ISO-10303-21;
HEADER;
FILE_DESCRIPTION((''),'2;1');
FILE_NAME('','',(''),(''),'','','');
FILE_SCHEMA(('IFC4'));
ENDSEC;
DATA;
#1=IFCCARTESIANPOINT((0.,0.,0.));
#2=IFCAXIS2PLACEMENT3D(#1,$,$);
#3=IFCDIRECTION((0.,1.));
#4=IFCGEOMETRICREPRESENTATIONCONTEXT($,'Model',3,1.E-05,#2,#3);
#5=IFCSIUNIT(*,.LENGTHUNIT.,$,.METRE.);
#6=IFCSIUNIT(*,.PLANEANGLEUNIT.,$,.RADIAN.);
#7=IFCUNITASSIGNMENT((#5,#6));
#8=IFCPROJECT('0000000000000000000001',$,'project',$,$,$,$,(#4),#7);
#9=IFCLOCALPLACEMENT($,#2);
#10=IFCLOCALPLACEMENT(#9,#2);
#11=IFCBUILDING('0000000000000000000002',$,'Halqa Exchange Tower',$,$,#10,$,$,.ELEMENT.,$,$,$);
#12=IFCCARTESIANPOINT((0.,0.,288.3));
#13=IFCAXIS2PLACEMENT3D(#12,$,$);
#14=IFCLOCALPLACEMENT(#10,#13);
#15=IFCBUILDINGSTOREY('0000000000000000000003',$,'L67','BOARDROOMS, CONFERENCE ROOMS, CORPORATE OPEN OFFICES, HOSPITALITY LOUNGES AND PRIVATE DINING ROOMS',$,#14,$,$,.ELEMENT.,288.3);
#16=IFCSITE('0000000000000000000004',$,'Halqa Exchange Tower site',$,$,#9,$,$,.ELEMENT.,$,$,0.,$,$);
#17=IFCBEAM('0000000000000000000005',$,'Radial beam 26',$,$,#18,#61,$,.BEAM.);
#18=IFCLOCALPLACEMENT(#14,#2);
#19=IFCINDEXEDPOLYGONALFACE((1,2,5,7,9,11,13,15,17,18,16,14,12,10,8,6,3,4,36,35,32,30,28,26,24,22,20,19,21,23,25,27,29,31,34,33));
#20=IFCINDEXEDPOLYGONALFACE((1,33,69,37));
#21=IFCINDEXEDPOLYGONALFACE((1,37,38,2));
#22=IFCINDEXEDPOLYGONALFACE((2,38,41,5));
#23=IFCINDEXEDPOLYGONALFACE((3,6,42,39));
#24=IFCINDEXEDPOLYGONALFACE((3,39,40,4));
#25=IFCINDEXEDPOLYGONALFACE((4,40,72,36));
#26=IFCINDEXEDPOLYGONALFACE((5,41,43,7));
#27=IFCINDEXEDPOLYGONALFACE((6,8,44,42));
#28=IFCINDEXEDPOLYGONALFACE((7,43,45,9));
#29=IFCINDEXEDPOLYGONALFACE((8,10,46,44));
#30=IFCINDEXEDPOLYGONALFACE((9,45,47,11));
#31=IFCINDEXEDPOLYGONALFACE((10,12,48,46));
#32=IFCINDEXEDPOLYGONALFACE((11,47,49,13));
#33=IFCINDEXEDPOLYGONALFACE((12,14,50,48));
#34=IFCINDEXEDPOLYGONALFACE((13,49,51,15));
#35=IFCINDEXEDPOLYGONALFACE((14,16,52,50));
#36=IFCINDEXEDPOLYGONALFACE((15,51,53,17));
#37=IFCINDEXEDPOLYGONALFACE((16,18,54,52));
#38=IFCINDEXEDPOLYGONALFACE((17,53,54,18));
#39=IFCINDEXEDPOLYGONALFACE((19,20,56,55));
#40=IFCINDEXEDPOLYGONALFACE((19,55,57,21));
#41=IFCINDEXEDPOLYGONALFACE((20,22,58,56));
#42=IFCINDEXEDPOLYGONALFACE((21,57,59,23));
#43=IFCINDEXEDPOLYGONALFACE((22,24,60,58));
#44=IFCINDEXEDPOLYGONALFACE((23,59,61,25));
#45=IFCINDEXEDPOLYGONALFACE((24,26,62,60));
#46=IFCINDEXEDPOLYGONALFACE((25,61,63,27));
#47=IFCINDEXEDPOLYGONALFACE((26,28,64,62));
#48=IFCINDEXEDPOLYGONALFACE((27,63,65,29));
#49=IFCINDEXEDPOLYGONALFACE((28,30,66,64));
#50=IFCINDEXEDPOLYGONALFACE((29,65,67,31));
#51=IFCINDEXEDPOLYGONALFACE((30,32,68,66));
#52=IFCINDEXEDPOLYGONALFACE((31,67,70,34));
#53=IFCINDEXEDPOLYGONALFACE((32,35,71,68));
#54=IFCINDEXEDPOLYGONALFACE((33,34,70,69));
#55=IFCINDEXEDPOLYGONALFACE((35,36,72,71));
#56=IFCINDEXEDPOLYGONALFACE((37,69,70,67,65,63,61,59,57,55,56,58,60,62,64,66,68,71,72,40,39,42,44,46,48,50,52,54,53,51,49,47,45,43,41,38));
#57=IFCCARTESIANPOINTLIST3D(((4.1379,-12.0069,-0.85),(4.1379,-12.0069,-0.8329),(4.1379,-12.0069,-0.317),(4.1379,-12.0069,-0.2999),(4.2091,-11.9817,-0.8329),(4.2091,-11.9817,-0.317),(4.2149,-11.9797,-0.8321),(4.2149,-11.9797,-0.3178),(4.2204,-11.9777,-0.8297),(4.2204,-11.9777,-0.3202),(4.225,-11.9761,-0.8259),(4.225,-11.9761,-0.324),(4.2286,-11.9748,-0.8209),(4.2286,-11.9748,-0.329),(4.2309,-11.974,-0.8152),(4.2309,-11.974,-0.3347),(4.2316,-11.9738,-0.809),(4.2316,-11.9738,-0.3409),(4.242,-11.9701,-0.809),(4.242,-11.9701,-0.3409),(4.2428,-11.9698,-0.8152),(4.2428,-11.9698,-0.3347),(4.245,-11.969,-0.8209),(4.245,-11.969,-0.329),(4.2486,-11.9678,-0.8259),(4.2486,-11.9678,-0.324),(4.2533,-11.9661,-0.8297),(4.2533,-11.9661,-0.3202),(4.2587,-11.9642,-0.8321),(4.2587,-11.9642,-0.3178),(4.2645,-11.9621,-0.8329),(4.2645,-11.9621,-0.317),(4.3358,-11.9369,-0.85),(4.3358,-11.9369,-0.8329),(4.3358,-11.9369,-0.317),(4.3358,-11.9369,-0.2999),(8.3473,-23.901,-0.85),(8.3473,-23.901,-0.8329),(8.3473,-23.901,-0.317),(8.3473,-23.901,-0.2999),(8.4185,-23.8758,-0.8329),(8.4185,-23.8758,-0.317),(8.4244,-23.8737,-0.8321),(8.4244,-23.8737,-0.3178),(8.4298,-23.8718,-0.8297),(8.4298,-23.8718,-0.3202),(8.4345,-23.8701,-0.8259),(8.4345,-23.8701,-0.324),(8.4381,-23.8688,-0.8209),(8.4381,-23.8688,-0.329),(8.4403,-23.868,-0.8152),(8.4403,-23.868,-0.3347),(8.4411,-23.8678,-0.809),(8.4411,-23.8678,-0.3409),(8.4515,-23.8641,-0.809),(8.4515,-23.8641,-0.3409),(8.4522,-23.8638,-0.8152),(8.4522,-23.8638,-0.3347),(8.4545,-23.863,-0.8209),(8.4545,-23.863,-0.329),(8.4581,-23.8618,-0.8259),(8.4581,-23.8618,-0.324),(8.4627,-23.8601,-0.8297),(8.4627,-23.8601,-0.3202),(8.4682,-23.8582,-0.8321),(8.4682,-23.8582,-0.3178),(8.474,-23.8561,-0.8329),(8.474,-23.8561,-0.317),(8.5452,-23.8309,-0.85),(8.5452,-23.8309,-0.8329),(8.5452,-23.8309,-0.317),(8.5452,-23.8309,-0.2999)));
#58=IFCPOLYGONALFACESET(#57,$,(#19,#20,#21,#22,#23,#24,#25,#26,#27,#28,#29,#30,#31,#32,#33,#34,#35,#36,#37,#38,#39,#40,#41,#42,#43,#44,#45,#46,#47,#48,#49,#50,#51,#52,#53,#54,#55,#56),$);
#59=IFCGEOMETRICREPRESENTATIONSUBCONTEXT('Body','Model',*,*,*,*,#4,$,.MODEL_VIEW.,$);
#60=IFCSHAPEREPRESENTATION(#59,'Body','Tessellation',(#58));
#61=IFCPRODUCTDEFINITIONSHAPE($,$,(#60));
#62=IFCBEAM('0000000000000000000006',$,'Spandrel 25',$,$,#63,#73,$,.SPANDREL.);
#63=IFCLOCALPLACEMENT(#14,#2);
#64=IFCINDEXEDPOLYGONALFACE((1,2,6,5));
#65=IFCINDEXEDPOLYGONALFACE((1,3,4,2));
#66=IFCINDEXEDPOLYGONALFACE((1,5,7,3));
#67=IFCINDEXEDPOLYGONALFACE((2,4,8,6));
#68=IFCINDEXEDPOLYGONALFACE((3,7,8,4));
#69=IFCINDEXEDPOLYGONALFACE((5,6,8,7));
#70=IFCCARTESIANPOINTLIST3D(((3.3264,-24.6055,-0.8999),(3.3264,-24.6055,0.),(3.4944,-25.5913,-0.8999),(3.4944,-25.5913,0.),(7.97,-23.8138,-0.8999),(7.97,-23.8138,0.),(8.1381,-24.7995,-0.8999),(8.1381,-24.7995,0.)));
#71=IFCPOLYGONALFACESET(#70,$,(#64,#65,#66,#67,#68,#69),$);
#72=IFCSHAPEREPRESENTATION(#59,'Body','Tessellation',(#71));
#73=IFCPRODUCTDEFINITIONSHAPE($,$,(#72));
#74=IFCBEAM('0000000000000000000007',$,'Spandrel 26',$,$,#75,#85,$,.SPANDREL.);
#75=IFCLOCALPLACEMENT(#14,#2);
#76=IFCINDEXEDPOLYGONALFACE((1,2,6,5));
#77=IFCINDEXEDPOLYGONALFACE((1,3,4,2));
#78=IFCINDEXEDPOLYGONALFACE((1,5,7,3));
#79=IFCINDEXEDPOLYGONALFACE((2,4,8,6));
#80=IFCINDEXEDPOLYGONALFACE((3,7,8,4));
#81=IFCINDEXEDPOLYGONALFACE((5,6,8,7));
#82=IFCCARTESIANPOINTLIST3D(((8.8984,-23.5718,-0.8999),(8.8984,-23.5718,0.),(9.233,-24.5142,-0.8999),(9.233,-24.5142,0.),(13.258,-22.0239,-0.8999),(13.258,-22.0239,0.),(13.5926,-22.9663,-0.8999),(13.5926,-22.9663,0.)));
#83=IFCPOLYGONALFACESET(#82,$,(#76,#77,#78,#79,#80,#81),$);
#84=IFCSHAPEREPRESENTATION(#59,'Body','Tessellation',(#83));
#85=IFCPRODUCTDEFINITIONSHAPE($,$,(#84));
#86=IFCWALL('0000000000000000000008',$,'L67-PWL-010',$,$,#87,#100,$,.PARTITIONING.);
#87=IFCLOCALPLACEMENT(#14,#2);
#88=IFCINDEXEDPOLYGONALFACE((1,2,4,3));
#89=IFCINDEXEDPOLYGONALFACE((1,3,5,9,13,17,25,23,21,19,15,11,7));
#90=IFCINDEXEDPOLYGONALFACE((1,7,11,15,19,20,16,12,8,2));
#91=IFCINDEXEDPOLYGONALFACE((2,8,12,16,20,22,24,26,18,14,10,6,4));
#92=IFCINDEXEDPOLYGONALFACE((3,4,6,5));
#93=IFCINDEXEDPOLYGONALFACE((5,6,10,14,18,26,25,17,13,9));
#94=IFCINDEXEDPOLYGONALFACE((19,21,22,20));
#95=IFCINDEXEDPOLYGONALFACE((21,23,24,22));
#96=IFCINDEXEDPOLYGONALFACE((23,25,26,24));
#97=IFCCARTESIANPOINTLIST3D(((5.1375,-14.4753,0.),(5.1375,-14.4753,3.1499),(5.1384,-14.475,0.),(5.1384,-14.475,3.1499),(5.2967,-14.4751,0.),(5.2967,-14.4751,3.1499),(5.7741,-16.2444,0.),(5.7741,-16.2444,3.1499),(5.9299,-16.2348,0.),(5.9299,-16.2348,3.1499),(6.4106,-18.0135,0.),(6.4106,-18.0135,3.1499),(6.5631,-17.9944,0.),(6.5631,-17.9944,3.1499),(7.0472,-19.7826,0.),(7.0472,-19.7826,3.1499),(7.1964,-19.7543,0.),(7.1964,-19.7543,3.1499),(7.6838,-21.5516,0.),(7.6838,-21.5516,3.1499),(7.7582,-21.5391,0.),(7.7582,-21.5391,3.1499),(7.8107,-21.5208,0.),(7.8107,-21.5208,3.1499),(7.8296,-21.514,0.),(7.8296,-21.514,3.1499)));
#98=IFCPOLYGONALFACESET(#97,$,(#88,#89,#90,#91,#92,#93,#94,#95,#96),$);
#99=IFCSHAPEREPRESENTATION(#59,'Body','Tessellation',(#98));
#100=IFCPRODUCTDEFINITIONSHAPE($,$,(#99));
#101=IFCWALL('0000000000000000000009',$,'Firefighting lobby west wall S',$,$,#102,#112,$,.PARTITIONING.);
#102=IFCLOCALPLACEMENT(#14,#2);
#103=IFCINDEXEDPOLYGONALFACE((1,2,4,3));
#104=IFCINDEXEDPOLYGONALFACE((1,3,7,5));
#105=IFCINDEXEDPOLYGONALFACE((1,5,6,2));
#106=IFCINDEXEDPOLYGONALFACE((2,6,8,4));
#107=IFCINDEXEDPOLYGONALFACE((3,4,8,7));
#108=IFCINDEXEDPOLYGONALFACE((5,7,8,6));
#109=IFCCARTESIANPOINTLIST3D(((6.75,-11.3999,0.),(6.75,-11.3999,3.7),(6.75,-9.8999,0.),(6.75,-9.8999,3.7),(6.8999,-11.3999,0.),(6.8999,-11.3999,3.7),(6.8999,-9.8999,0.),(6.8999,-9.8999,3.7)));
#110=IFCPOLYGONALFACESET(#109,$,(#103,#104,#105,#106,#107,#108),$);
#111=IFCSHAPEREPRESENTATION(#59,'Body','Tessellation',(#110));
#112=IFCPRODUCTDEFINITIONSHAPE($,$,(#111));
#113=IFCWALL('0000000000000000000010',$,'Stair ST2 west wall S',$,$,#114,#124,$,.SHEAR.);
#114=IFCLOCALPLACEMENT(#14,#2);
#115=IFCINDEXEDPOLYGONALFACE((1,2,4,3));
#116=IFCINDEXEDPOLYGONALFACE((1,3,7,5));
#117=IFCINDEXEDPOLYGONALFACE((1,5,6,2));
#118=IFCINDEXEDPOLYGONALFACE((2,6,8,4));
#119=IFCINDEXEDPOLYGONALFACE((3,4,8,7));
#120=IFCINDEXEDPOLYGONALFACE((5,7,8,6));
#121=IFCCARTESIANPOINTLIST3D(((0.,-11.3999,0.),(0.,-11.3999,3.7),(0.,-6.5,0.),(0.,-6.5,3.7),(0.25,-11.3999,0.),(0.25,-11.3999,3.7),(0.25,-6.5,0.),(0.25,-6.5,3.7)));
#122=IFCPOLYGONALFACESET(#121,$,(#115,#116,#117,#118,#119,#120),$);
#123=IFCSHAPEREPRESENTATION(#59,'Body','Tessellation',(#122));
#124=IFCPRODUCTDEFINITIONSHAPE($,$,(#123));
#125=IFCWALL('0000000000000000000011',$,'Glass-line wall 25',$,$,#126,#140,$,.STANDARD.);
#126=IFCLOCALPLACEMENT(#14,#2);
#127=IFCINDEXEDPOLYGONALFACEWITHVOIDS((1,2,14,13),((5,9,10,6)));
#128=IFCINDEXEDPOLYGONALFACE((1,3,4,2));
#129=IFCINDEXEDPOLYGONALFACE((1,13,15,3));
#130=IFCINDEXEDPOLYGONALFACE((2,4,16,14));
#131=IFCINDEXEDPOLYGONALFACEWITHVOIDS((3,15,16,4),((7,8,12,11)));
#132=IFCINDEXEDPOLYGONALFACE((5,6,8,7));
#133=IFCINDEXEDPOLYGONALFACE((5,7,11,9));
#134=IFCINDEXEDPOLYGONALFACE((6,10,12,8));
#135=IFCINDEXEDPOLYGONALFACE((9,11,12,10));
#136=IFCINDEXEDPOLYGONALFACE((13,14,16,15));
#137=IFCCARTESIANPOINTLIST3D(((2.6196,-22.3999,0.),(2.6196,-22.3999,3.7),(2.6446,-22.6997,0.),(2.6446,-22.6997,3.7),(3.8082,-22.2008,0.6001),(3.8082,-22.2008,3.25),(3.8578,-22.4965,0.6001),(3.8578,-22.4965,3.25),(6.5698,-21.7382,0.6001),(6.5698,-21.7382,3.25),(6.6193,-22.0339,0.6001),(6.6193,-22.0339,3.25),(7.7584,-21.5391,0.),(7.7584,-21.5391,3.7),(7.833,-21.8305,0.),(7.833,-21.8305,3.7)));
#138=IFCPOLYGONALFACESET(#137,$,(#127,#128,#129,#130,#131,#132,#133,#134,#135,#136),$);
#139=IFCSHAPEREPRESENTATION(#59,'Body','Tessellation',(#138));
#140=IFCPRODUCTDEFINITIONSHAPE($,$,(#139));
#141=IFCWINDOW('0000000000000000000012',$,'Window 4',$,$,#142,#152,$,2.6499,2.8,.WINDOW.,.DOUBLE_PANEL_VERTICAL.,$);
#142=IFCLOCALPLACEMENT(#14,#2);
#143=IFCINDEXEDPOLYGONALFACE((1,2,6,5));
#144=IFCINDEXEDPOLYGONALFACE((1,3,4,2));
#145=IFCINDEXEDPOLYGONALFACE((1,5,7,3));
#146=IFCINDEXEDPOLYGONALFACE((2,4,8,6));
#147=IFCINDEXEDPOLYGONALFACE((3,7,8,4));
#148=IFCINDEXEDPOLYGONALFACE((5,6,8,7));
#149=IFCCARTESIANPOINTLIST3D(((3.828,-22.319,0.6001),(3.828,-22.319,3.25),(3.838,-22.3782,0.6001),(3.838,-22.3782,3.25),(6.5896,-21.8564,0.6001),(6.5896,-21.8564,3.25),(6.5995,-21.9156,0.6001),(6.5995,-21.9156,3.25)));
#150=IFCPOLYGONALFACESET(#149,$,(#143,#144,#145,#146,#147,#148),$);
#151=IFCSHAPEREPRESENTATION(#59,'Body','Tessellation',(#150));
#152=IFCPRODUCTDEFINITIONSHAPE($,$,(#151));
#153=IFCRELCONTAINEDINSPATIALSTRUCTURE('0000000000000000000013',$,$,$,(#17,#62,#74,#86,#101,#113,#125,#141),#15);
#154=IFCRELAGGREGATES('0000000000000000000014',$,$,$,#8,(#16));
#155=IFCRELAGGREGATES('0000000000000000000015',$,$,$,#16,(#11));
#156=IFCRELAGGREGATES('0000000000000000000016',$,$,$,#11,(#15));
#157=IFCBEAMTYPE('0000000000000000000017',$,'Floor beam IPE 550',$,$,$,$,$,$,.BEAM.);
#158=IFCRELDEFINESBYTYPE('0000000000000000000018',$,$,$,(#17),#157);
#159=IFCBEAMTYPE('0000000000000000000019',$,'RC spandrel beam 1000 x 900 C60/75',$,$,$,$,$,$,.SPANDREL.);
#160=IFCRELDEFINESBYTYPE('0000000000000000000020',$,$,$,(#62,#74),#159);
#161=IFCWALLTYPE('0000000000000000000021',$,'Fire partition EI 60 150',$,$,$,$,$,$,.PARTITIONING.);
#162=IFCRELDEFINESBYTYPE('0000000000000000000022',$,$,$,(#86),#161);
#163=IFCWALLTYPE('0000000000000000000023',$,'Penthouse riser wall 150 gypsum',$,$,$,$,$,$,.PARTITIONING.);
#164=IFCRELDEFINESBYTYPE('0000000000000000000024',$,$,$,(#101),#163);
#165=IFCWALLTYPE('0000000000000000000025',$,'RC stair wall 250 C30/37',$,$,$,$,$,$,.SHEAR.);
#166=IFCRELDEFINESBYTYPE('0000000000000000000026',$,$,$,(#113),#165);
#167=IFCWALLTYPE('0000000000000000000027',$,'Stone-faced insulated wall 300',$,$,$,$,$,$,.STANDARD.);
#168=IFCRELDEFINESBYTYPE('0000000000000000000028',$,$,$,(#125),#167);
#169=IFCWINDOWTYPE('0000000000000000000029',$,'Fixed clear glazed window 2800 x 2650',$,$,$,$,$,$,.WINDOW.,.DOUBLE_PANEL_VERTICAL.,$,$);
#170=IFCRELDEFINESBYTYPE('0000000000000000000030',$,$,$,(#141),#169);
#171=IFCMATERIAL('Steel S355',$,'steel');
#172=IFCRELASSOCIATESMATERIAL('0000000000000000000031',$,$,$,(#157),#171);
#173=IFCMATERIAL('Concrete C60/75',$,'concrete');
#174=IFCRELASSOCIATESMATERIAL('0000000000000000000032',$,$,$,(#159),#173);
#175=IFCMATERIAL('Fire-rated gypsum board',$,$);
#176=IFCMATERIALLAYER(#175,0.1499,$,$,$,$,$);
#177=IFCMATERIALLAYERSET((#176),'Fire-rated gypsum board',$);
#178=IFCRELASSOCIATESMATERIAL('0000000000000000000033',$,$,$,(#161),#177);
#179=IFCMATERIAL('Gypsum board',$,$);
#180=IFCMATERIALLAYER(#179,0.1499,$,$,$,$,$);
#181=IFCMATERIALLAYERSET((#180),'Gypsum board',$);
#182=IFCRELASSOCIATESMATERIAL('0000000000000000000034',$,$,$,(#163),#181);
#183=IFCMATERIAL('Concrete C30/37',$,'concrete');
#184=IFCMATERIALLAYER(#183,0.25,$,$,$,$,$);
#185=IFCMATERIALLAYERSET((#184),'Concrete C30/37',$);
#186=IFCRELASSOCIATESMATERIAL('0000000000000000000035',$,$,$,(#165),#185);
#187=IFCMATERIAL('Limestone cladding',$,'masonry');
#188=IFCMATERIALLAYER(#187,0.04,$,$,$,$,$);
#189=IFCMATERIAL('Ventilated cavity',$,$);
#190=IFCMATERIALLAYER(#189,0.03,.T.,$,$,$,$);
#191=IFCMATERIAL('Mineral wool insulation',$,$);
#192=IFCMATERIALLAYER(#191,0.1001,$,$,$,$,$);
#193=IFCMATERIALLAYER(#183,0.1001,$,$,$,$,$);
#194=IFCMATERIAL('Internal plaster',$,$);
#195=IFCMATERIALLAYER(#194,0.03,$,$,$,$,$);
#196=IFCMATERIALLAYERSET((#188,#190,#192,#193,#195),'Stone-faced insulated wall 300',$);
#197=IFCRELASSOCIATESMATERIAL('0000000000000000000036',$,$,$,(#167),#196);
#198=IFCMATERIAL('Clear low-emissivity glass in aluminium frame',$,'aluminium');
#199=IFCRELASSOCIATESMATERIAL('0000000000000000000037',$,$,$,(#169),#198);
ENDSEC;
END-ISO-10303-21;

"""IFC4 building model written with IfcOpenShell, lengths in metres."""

from ifc_helpers import new_model, si_unit, direction, frame, frame_2d, origin, origin_2d, place, context, subcontext, project, spatial, polyline, rectangle, i_section, outline, extrude, material, layer, layer_set, material_profile, profile_set, type_object, element, fill, save


model = new_model("IFC4")

# Units and contexts
model_context = context("Model", 3, precision=1e-05, world=origin(), true_north=direction((0.0, 1.0)))
body_context = subcontext(model_context, "Body", "Model", "MODEL_VIEW")
ifc_project = project(units=[si_unit("LENGTHUNIT", "METRE"), si_unit("PLANEANGLEUNIT", "RADIAN")], contexts=[model_context])

# Site, building, storey
site_placement = place(None, origin())
site = spatial("IfcSite", under=ifc_project, at=site_placement, Name="Halqa Exchange Tower site", CompositionType="ELEMENT", RefElevation=0.0)
building_placement = place(site_placement, origin())
building = spatial("IfcBuilding", under=site, at=building_placement, Name="Halqa Exchange Tower", CompositionType="ELEMENT")
storey_placement = place(building_placement, frame((0.0, 0.0, 288.3)))
storey = spatial("IfcBuildingStorey", under=building, at=storey_placement, Name="L67", Description="BOARDROOMS, CONFERENCE ROOMS, CORPORATE OPEN OFFICES, HOSPITALITY LOUNGES AND PRIVATE DINING ROOMS", CompositionType="ELEMENT", Elevation=288.3)

# Shared definitions
ifc_material_1 = material(Name="Concrete C60/75", Category="concrete")

# Beams
ifc_material_2 = material(Name="Steel S355", Category="steel")
ifc_material_profile_1 = material_profile(ifc_material_2, i_section(OverallWidth=0.21, OverallDepth=0.55, WebThickness=0.011, FlangeThickness=0.0171, FilletRadius=0.0239, at=origin_2d()), Name="IPE 550")
ifc_profile_set_1 = profile_set([ifc_material_profile_1], Name="Steel S355")
beam_type_1 = type_object("IfcBeamType", Name="Floor beam IPE 550", PredefinedType="BEAM", material=ifc_profile_set_1)
beam_1_placement = place(storey_placement, frame((4.2368, -11.9719, -0.575), z_axis=(0.333636, -0.942702, 0.0), x_axis=(0.942702, 0.333636, 0.0)))
element("IfcBeam", 1, at=beam_1_placement, inside=storey, type_object=beam_type_1, Name="Radial beam 26", PredefinedType="BEAM", context=body_context, shape_type="SweptSolid", body=[
    extrude(i_section(OverallWidth=0.21, OverallDepth=0.55, WebThickness=0.011, FlangeThickness=0.0171, FilletRadius=0.0239, at=origin_2d()), origin(), (0.0, 0.0, 1.0), 12.6169),
])
ifc_material_profile_2 = material_profile(ifc_material_1, rectangle(XDim=1.0, YDim=0.8999, at=origin_2d()), Name="1000 x 900")
ifc_profile_set_2 = profile_set([ifc_material_profile_2], Name="Concrete C60/75")
beam_type_2 = type_object("IfcBeamType", Name="RC spandrel beam 1000 x 900 C60/75", PredefinedType="SPANDREL", material=ifc_profile_set_2)
beam_2_placement = place(storey_placement, frame((3.4104, -25.0984, -0.45), z_axis=(0.985775, 0.16807, 0.0), x_axis=(-0.16807, 0.985775, 0.0)))
element("IfcBeam", 2, at=beam_2_placement, inside=storey, type_object=beam_type_2, Name="Spandrel 25", PredefinedType="SPANDREL", context=body_context, shape_type="SweptSolid", body=[
    extrude(rectangle(XDim=1.0, YDim=0.8999, at=origin_2d()), origin(), (0.0, 0.0, 1.0), 4.7107),
])
beam_3_placement = place(storey_placement, frame((9.0657, -24.043, -0.45), z_axis=(0.942367, 0.334581, 0.0), x_axis=(-0.334581, 0.942367, 0.0)))
element("IfcBeam", 3, at=beam_3_placement, inside=storey, type_object=beam_type_2, Name="Spandrel 26", PredefinedType="SPANDREL", context=body_context, shape_type="SweptSolid", body=[
    extrude(rectangle(XDim=1.0, YDim=0.8999, at=origin_2d()), origin(), (0.0, 0.0, 1.0), 4.6262),
])

# Walls
ifc_material_3 = material(Name="Fire-rated gypsum board")
ifc_layer_1 = layer(ifc_material_3, 0.1499)
ifc_layer_set_1 = layer_set([ifc_layer_1], Name="Fire-rated gypsum board")
wall_type_1 = type_object("IfcWallType", Name="Fire partition EI 60 150", PredefinedType="PARTITIONING", material=ifc_layer_set_1)
wall_1_placement = place(storey_placement, frame((5.208, -14.45, 0.0), z_axis=(0.0, 0.0, 1.0), x_axis=(0.338585, -0.940936, 0.0)))
element("IfcWall", 4, at=wall_1_placement, inside=storey, type_object=wall_type_1, Name="L67-PWL-010", PredefinedType="PARTITIONING", context=body_context, shape_type="SweptSolid", body=[
    extrude(outline(polyline([(0.0, -0.075), (1.8801, -0.075), (3.7603, -0.075), (5.6404, -0.075), (7.5205, -0.075), (7.5339, -0.0007), (7.5344, 0.0549), (7.5344, 0.075), (5.6643, 0.075), (3.7939, 0.075), (1.9238, 0.075), (0.0537, 0.075), (0.0, -0.074), (0.0, -0.075)])), origin(), (0.0, 0.0, 1.0), 3.1499),
])
ifc_material_4 = material(Name="Gypsum board")
ifc_layer_2 = layer(ifc_material_4, 0.1499)
ifc_layer_set_2 = layer_set([ifc_layer_2], Name="Gypsum board")
wall_type_2 = type_object("IfcWallType", Name="Penthouse riser wall 150 gypsum", PredefinedType="PARTITIONING", material=ifc_layer_set_2)
wall_2_placement = place(storey_placement, frame((6.825, -11.3999, 0.0), z_axis=(0.0, 0.0, 1.0), x_axis=(0.0, 1.0, 0.0)))
element("IfcWall", 5, at=wall_2_placement, inside=storey, type_object=wall_type_2, Name="Firefighting lobby west wall S", PredefinedType="PARTITIONING", context=body_context, shape_type="SweptSolid", body=[
    extrude(rectangle(XDim=1.5, YDim=0.1499, at=frame_2d((0.75, 0.0))), origin(), (0.0, 0.0, 1.0), 3.7),
])
ifc_material_5 = material(Name="Concrete C30/37", Category="concrete")
ifc_layer_3 = layer(ifc_material_5, 0.25)
ifc_layer_set_3 = layer_set([ifc_layer_3], Name="Concrete C30/37")
wall_type_3 = type_object("IfcWallType", Name="RC stair wall 250 C30/37", PredefinedType="SHEAR", material=ifc_layer_set_3)
wall_3_placement = place(storey_placement, frame((0.125, -11.3999, 0.0), z_axis=(0.0, 0.0, 1.0), x_axis=(0.0, 1.0, 0.0)))
element("IfcWall", 6, at=wall_3_placement, inside=storey, type_object=wall_type_3, Name="Stair ST2 west wall S", PredefinedType="SHEAR", context=body_context, shape_type="SweptSolid", body=[
    extrude(rectangle(XDim=4.8999, YDim=0.25, at=frame_2d((2.45, 0.0))), origin(), (0.0, 0.0, 1.0), 3.7),
])

# Wall, opening, window
ifc_material_6 = material(Name="Limestone cladding", Category="masonry")
ifc_layer_4 = layer(ifc_material_6, 0.04)
ifc_material_7 = material(Name="Ventilated cavity")
ifc_layer_5 = layer(ifc_material_7, 0.03, ventilated=True)
ifc_material_8 = material(Name="Mineral wool insulation")
ifc_layer_6 = layer(ifc_material_8, 0.1001)
ifc_layer_7 = layer(ifc_material_5, 0.1001)
ifc_material_9 = material(Name="Internal plaster")
ifc_layer_8 = layer(ifc_material_9, 0.03)
ifc_layer_set_4 = layer_set([ifc_layer_4, ifc_layer_5, ifc_layer_6, ifc_layer_7, ifc_layer_8], Name="Stone-faced insulated wall 300")
wall_type_4 = type_object("IfcWallType", Name="Stone-faced insulated wall 300", PredefinedType="STANDARD", material=ifc_layer_set_4)
wall_4_placement = place(storey_placement, frame((2.6321, -22.5498, 0.0), z_axis=(0.0, 0.0, 1.0), x_axis=(0.986257, 0.165216, 0.0)))
wall_4 = element("IfcWall", 7, at=wall_4_placement, inside=storey, type_object=wall_type_4, Name="Glass-line wall 25", PredefinedType="STANDARD", context=body_context, shape_type="SweptSolid", body=[
    extrude(outline(polyline([(-0.0125, -0.1499), (5.2483, -0.1499), (5.2229, 0.1499), (0.0125, 0.1499), (-0.0125, -0.1499)])), origin(), (0.0, 0.0, 1.0), 3.7),
])
opening_1_placement = place(wall_4_placement, frame((1.2178, 0.0, 0.6001)))
opening_1 = element("IfcOpeningElement", 8, at=opening_1_placement, cuts=wall_4, PredefinedType="OPENING", context=body_context, shape_type="SweptSolid", body=[
    extrude(rectangle(XDim=2.8, YDim=2.6499, at=frame_2d((1.3999, 1.325))), frame((0.0, 0.1621, 0.0), z_axis=(0.0, -1.0, 0.0), x_axis=(1.0, 0.0, 0.0)), (0.0, 0.0, 1.0), 0.324),
])
ifc_material_10 = material(Name="Clear low-emissivity glass in aluminium frame", Category="aluminium")
window_type = type_object("IfcWindowType", Name="Fixed clear glazed window 2800 x 2650", PartitioningType="DOUBLE_PANEL_VERTICAL", PredefinedType="WINDOW", material=ifc_material_10)
window_1_placement = place(opening_1_placement, origin())
window_1 = element("IfcWindow", 9, at=window_1_placement, inside=storey, type_object=window_type, Name="Window 4", OverallHeight=2.6499, OverallWidth=2.8, PartitioningType="DOUBLE_PANEL_VERTICAL", PredefinedType="WINDOW", context=body_context, shape_type="SweptSolid", body=[
    extrude(rectangle(XDim=2.8, YDim=2.6499, at=frame_2d((1.3999, 1.325))), frame((0.0, 0.03, 0.0), z_axis=(0.0, -1.0, 0.0), x_axis=(1.0, 0.0, 0.0)), (0.0, 0.0, 1.0), 0.0601),
])
fill(opening_1, window_1)

save(model, "model.ifc")
